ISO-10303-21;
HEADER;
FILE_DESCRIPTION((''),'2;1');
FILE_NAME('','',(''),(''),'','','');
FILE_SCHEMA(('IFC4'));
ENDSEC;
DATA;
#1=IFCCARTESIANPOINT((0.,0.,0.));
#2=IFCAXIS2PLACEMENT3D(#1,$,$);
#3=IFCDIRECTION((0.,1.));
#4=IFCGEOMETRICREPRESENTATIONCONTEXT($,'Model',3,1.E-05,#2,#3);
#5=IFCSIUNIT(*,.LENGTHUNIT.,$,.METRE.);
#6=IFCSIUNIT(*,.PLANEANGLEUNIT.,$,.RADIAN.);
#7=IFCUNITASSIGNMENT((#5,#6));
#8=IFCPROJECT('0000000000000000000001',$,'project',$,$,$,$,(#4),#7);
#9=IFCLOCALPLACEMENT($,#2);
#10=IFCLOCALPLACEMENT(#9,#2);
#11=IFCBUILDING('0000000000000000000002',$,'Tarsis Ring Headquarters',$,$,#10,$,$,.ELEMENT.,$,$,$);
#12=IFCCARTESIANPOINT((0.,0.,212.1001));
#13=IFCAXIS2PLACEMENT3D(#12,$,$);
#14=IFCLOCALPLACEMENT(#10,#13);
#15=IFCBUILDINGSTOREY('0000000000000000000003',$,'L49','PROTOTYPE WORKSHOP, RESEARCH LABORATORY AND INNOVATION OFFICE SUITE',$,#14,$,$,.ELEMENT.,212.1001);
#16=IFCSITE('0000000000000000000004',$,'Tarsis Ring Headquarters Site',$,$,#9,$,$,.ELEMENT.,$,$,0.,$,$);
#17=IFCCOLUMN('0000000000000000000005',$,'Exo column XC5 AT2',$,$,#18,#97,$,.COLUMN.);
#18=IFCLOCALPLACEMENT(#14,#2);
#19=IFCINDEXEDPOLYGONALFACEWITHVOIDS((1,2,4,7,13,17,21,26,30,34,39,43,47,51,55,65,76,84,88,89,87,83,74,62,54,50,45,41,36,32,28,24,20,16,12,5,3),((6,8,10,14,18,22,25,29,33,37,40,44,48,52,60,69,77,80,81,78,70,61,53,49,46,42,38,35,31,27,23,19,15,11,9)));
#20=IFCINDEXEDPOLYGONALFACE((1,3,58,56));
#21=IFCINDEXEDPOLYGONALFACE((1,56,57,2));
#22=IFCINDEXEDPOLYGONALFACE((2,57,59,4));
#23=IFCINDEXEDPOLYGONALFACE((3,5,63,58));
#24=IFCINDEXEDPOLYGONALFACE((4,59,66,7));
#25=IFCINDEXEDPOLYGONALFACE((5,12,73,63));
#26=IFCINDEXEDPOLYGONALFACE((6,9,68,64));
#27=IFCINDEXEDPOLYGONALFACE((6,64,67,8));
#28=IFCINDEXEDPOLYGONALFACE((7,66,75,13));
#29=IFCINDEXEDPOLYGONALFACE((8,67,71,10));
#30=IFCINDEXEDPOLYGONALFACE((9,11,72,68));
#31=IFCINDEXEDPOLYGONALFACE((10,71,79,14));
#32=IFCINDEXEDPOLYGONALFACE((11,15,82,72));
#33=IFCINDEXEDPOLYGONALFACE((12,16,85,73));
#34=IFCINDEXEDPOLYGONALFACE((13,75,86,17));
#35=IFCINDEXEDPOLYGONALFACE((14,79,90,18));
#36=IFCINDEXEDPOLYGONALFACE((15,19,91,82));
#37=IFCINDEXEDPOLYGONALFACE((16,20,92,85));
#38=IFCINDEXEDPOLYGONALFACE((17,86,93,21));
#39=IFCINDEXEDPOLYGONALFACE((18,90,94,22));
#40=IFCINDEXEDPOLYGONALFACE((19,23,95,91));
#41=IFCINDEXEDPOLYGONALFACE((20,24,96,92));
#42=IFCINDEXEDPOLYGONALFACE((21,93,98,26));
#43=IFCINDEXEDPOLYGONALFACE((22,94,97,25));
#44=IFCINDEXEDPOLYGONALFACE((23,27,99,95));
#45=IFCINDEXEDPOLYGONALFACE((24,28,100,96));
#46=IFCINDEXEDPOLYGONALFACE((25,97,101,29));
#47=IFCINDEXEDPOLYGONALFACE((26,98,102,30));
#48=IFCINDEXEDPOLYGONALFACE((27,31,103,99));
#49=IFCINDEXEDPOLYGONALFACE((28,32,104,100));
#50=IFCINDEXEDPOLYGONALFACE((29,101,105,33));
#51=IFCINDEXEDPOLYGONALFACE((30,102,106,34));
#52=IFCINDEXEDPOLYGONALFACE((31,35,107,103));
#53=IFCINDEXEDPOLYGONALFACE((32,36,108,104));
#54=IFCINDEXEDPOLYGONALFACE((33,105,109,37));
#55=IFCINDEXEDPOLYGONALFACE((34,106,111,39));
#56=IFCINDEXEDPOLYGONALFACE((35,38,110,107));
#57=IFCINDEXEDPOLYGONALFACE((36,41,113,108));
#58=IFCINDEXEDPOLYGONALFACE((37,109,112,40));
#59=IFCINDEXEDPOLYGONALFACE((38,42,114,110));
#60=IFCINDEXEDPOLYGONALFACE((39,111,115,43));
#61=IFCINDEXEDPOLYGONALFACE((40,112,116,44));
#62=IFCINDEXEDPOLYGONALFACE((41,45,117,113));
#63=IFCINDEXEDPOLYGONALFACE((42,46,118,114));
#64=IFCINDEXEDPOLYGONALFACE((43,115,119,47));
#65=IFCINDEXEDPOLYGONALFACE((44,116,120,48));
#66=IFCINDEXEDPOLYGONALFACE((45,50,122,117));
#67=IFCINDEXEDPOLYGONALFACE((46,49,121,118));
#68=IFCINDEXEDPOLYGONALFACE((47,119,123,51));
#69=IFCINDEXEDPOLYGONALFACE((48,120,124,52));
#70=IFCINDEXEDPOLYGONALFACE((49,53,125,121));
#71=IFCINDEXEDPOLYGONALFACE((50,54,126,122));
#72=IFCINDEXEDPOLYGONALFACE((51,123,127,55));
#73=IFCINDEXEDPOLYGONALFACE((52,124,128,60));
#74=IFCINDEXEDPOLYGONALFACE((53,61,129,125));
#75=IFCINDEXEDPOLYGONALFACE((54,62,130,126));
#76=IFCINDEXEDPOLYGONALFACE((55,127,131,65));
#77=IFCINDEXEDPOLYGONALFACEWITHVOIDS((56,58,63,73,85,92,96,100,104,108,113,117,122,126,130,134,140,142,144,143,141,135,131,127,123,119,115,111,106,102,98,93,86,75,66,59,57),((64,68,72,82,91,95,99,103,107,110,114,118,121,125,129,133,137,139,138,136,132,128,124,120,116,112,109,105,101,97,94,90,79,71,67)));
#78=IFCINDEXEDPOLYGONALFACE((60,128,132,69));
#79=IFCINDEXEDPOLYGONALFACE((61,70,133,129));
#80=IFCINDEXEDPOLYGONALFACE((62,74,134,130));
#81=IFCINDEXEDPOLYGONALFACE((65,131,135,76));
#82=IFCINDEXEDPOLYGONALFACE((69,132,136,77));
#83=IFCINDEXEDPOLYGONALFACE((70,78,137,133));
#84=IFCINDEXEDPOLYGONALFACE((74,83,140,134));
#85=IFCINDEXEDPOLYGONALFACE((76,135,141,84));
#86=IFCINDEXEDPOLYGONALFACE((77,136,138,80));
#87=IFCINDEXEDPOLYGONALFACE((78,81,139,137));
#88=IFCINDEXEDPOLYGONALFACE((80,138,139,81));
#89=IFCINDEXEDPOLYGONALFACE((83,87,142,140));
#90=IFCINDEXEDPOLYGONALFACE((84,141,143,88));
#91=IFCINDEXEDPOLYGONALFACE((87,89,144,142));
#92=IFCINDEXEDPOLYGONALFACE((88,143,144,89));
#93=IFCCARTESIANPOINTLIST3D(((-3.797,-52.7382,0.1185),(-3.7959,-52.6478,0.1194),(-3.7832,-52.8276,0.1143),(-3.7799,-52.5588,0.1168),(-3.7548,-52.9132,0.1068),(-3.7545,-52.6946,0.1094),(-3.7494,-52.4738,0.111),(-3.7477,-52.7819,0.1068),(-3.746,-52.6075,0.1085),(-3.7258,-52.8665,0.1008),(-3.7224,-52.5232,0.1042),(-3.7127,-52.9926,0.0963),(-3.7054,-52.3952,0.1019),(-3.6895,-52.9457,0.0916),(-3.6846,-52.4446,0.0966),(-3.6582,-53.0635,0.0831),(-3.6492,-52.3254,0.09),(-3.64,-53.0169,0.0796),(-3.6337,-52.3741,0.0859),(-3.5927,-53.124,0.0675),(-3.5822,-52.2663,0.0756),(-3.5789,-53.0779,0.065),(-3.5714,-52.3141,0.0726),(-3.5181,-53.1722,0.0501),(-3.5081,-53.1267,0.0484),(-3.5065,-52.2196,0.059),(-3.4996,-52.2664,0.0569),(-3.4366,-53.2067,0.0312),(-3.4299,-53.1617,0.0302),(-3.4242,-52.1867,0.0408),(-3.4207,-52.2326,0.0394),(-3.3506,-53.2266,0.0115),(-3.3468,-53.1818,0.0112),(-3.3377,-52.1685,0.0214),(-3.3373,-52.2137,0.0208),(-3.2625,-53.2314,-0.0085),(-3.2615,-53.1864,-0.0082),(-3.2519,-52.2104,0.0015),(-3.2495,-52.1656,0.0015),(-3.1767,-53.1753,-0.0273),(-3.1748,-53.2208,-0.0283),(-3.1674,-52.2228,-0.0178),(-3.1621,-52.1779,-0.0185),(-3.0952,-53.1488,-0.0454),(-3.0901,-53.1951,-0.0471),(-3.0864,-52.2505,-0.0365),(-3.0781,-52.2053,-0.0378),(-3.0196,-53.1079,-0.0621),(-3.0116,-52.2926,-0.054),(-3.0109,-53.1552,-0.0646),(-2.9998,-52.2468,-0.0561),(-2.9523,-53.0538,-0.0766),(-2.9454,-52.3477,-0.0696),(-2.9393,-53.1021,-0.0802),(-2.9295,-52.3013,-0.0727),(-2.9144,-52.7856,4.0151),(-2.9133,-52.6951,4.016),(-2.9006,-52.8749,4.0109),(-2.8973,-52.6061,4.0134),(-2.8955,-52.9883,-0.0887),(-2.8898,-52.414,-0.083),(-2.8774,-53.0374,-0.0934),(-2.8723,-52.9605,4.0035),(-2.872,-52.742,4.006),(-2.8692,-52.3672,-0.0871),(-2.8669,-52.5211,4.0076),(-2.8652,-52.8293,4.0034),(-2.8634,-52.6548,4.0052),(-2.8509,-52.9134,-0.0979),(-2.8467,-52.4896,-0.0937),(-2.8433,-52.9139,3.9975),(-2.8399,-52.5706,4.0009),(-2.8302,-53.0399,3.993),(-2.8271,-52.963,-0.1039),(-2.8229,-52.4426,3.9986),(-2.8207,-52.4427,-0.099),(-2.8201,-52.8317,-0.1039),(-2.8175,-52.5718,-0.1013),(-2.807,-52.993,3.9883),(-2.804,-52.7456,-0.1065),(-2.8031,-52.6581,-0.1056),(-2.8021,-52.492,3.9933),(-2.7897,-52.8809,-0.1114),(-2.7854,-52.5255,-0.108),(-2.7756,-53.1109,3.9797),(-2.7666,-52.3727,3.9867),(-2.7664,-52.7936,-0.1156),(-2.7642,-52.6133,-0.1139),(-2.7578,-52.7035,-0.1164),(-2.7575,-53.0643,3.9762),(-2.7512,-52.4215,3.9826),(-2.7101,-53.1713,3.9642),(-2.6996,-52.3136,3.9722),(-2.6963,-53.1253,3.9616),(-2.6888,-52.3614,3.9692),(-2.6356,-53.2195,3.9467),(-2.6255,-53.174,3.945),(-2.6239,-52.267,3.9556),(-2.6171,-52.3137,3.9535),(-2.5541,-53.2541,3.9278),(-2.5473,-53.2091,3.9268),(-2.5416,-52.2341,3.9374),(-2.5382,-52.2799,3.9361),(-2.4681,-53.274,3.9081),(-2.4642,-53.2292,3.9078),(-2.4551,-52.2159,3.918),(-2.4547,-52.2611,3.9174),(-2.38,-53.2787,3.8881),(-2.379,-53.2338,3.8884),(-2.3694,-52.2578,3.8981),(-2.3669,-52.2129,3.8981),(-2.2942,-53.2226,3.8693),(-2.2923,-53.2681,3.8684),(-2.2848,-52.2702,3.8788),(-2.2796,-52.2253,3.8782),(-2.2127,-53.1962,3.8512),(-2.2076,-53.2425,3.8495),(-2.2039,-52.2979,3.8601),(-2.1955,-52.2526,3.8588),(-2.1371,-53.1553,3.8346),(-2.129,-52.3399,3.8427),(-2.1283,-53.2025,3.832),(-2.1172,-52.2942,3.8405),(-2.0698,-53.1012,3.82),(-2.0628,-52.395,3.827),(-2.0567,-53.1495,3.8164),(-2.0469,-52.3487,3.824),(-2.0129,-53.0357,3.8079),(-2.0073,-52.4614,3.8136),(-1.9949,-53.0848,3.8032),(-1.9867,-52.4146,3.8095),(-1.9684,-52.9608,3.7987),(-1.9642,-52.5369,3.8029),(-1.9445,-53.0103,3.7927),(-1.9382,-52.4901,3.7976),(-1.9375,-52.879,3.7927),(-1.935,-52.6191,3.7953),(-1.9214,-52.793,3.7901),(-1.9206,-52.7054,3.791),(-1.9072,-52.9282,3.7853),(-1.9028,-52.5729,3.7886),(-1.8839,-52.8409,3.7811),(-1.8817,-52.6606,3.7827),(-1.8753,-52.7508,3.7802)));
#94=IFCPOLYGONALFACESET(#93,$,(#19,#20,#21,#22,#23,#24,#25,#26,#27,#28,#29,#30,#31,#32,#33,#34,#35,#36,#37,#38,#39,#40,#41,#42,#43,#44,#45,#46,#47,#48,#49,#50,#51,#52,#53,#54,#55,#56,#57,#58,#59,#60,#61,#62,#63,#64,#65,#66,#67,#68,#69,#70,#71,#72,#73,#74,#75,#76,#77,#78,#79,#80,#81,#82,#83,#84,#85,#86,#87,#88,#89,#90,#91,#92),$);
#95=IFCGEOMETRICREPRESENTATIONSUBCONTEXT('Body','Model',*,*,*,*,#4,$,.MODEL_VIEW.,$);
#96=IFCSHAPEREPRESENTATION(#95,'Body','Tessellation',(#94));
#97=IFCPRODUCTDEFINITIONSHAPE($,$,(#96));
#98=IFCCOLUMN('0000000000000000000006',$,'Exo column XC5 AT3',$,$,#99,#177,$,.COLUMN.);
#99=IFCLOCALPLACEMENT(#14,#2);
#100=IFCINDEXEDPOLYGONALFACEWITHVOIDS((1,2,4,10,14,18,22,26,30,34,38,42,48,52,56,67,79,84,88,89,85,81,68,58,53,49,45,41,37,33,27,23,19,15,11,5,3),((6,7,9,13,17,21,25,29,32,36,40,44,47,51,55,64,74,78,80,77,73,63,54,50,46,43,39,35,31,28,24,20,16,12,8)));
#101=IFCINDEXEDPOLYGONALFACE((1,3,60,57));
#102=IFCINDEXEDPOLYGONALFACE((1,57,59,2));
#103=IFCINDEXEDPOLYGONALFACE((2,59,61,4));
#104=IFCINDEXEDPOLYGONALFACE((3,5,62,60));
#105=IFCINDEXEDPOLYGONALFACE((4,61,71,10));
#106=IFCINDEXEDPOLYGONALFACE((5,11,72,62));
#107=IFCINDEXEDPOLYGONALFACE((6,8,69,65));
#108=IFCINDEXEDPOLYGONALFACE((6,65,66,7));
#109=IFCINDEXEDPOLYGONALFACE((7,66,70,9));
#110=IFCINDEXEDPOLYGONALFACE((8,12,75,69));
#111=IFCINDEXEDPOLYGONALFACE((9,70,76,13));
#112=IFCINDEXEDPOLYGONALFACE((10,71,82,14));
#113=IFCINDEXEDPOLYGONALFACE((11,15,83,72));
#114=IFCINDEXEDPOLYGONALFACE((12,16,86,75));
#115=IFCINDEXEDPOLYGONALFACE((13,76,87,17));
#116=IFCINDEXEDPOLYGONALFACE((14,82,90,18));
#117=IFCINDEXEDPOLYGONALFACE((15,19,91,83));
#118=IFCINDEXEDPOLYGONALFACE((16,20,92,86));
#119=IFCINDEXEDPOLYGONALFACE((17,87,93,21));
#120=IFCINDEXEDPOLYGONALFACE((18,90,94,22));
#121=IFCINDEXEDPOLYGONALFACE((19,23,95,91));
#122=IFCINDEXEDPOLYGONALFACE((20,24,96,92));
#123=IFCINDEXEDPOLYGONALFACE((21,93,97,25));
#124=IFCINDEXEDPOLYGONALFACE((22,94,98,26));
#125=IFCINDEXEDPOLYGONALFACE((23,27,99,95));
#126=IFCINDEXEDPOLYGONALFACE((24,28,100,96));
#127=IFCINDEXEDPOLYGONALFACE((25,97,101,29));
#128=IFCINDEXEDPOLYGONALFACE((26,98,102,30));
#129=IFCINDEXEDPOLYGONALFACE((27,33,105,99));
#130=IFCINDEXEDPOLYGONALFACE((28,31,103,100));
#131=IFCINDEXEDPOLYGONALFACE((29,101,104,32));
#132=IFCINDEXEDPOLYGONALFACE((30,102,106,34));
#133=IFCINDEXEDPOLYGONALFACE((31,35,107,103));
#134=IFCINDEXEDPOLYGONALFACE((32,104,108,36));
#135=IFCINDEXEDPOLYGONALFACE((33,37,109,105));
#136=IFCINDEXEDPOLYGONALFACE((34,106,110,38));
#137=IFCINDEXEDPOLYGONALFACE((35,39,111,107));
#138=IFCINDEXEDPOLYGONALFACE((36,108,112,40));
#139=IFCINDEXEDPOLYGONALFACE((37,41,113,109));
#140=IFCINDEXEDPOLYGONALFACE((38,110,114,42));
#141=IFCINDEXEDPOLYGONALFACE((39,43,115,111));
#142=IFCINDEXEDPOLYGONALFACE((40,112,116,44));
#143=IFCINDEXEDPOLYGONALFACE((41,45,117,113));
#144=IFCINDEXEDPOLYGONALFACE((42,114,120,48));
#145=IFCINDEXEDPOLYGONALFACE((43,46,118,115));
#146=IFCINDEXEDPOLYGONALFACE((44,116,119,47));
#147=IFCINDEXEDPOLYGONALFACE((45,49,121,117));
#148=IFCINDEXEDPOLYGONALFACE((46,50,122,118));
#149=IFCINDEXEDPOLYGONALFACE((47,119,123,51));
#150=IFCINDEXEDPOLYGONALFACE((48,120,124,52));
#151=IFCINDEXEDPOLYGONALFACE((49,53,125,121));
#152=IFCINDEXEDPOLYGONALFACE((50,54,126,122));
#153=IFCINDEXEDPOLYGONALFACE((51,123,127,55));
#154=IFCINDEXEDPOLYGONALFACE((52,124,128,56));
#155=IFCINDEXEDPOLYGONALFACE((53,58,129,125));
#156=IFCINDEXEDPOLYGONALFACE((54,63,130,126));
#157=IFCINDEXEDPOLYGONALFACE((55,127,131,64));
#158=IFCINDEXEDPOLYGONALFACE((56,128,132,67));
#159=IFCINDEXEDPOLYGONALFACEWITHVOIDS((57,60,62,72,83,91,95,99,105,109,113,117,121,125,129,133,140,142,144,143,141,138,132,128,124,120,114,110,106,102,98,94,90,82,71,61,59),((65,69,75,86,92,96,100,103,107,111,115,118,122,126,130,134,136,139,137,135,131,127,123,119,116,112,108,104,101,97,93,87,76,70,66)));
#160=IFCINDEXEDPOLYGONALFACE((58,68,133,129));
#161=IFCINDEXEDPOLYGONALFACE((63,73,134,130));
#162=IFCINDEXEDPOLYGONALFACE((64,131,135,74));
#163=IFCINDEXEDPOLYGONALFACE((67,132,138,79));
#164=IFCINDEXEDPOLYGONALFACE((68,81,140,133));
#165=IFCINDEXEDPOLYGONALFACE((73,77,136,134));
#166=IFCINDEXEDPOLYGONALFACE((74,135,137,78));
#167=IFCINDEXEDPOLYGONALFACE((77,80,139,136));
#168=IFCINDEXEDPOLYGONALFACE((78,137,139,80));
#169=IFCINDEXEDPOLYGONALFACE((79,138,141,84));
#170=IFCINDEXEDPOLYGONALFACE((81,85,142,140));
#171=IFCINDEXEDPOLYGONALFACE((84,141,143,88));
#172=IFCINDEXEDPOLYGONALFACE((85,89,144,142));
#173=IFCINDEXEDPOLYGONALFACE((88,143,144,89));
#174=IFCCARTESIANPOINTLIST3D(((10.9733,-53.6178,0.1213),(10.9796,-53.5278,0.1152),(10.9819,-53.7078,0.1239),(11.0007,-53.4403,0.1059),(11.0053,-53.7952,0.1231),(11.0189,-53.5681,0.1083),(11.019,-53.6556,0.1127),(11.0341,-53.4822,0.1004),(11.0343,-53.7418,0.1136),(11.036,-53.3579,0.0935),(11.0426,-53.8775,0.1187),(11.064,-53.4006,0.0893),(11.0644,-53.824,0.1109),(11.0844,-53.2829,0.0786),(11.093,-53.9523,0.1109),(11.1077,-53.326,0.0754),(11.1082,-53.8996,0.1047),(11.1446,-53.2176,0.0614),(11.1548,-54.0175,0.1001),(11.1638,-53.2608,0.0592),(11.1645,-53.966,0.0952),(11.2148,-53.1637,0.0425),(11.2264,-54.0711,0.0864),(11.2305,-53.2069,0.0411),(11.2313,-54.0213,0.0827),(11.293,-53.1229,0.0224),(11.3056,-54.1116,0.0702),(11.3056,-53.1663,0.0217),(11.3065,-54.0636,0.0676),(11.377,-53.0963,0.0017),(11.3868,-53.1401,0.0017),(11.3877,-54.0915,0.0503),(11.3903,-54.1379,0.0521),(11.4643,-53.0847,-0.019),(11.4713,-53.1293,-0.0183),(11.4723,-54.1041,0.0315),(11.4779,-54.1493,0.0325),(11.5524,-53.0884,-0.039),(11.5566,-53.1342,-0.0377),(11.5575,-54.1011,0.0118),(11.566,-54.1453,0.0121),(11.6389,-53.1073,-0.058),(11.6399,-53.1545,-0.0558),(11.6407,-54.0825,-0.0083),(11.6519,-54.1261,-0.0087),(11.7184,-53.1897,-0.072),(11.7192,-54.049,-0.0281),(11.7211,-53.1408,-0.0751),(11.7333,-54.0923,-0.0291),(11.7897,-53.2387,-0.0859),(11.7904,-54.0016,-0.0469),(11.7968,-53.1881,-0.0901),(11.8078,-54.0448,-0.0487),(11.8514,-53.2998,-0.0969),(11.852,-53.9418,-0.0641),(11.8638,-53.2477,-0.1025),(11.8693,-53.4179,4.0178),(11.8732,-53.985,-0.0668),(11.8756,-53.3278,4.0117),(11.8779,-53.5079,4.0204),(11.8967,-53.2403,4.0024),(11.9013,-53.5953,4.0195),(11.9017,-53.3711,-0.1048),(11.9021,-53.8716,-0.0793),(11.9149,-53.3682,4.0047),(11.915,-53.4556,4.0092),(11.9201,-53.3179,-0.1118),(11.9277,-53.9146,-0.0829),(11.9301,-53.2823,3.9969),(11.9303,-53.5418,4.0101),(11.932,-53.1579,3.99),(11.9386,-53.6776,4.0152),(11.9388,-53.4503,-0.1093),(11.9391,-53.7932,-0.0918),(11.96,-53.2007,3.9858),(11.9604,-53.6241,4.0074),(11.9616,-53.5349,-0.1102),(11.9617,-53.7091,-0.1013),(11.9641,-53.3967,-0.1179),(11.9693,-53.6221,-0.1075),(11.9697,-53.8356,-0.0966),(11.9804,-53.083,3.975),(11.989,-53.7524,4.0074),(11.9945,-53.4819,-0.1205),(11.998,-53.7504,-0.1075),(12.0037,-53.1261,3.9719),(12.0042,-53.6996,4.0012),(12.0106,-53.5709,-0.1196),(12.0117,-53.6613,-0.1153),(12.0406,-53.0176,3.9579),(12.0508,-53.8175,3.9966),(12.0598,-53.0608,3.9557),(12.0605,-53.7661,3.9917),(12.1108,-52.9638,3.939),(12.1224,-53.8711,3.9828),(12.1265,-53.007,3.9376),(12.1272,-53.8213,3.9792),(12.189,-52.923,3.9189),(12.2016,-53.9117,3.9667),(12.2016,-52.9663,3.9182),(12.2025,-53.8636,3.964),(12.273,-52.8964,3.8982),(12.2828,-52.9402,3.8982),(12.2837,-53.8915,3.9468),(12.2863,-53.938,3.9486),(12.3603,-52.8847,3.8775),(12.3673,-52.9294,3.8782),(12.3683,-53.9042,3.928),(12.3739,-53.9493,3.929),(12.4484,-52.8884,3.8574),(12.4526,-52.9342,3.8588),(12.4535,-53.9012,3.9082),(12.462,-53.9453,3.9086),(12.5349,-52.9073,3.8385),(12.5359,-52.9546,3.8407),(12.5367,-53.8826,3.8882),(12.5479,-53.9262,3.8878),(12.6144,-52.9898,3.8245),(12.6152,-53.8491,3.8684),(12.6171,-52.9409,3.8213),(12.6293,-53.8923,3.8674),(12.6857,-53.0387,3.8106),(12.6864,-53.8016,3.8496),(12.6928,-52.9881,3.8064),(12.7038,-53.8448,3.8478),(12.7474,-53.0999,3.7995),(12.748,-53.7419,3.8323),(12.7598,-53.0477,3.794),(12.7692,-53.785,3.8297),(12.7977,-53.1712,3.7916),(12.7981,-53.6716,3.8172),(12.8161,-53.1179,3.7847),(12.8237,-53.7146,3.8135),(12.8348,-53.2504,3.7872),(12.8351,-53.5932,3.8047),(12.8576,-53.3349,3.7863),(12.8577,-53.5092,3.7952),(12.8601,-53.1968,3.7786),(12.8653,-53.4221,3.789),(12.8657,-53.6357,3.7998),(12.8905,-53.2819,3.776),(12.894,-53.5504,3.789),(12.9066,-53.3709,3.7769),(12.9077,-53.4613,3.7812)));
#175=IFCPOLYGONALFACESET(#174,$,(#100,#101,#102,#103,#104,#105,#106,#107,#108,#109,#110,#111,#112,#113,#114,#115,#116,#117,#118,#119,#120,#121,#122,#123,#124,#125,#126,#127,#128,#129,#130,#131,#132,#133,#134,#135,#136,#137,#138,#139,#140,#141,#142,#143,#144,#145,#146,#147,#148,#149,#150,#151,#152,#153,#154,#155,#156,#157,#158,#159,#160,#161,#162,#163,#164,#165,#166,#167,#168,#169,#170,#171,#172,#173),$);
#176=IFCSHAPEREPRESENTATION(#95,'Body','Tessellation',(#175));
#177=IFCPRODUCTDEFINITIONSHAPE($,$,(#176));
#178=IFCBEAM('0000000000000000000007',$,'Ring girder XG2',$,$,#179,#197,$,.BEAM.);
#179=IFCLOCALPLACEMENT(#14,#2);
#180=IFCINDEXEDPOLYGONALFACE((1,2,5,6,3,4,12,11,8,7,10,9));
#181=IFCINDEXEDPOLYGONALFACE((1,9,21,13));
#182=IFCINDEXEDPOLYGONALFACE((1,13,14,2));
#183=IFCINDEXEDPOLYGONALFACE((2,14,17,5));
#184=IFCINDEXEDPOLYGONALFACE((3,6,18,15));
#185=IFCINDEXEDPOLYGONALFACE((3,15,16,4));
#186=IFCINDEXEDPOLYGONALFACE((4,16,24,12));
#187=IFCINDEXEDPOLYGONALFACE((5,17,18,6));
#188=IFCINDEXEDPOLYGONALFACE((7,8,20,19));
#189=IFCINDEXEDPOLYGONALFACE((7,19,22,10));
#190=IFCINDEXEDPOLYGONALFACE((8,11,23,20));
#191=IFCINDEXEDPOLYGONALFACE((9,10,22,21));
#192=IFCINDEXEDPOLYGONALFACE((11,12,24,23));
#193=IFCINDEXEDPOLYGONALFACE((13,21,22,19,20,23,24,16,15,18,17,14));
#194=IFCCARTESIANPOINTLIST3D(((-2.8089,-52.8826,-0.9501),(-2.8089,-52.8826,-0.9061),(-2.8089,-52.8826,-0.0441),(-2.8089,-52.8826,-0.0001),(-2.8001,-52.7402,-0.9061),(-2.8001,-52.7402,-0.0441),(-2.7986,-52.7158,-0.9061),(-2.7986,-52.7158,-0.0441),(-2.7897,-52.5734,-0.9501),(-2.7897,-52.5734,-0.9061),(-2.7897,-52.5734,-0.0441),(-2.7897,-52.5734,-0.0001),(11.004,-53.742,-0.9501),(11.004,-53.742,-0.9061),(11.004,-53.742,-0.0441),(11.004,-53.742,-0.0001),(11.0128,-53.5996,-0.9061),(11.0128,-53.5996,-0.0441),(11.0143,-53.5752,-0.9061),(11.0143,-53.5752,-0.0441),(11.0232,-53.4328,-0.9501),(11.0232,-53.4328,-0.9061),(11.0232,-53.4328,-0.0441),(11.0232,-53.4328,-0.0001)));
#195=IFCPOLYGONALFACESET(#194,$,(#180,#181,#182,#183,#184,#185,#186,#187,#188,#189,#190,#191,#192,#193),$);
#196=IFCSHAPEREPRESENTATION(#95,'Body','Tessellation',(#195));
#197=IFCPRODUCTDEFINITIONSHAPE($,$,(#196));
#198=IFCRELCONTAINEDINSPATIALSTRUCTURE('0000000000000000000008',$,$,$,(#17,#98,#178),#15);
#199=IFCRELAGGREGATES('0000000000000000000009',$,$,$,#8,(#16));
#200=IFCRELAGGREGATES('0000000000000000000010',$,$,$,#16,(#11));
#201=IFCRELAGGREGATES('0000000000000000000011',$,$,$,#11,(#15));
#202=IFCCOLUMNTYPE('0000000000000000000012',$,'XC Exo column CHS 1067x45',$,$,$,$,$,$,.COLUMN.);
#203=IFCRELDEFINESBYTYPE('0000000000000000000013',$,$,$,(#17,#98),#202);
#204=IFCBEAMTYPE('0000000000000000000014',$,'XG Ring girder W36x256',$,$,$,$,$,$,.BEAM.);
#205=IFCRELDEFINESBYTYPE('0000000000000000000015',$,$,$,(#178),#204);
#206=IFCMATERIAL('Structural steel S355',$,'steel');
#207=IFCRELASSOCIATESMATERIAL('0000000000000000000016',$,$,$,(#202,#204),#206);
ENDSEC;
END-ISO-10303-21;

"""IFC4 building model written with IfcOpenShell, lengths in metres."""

from ifc_helpers import new_model, si_unit, direction, frame, origin, origin_2d, place, context, subcontext, project, spatial, hollow_circle, i_section, extrude, material, material_profile, profile_set, type_object, element, save


model = new_model("IFC4")

# Units and contexts
model_context = context("Model", 3, precision=1e-05, world=origin(), true_north=direction((0.0, 1.0)))
body_context = subcontext(model_context, "Body", "Model", "MODEL_VIEW")
ifc_project = project(units=[si_unit("LENGTHUNIT", "METRE"), si_unit("PLANEANGLEUNIT", "RADIAN")], contexts=[model_context])

# Site, building, storey
site_placement = place(None, origin())
site = spatial("IfcSite", under=ifc_project, at=site_placement, Name="Tarsis Ring Headquarters Site", CompositionType="ELEMENT", RefElevation=0.0)
building_placement = place(site_placement, origin())
building = spatial("IfcBuilding", under=site, at=building_placement, Name="Tarsis Ring Headquarters", CompositionType="ELEMENT")
storey_placement = place(building_placement, frame((0.0, 0.0, 212.1001)))
storey = spatial("IfcBuildingStorey", under=building, at=storey_placement, Name="L49", Description="PROTOTYPE WORKSHOP, RESEARCH LABORATORY AND INNOVATION OFFICE SUITE", CompositionType="ELEMENT", Elevation=212.1001)

# Columns
ifc_material_1 = material(Name="Structural steel S355", Category="steel")
ifc_material_profile_1 = material_profile(ifc_material_1, hollow_circle(Radius=0.5334, WallThickness=0.0449, at=origin_2d()), Name="CHS 1067x45")
ifc_profile_set_1 = profile_set([ifc_material_profile_1], Name="Structural steel S355")
column_type = type_object("IfcColumnType", Name="XC Exo column CHS 1067x45", PredefinedType="COLUMN", material=ifc_profile_set_1)
column_1_placement = place(storey_placement, frame((-3.2781, -52.6982, 0.0015), z_axis=(0.220879, -0.011854, 0.975229), x_axis=(0.053588, 0.998563, 0.0)))
element("IfcColumn", 1, at=column_1_placement, inside=storey, type_object=column_type, Name="Exo column XC5 AT2", PredefinedType="COLUMN", context=body_context, shape_type="SweptSolid", body=[
    extrude(hollow_circle(Radius=0.5334, WallThickness=0.0449, at=origin_2d()), origin(), (0.0, 0.0, 1.0), 3.9956),
])
column_2_placement = place(storey_placement, frame((11.4932, -53.6169, 0.0017), z_axis=(0.223822, 0.049948, 0.973349), x_axis=(-0.217803, 0.975993, 0.0)))
element("IfcColumn", 2, at=column_2_placement, inside=storey, type_object=column_type, Name="Exo column XC5 AT3", PredefinedType="COLUMN", context=body_context, shape_type="SweptSolid", body=[
    extrude(hollow_circle(Radius=0.5334, WallThickness=0.0449, at=origin_2d()), origin(), (0.0, 0.0, 1.0), 4.0032),
])

# Beam
ifc_material_profile_2 = material_profile(ifc_material_1, i_section(OverallWidth=0.3098, OverallDepth=0.95, WebThickness=0.0244, FlangeThickness=0.0439, at=origin_2d()), Name="W36x256")
ifc_profile_set_2 = profile_set([ifc_material_profile_2], Name="Structural steel S355")
beam_type = type_object("IfcBeamType", Name="XG Ring girder W36x256", PredefinedType="BEAM", material=ifc_profile_set_2)
beam_1_placement = place(storey_placement, frame((-2.7993, -52.728, -0.4751), z_axis=(0.99807, -0.062095, 0.0), x_axis=(0.062095, 0.99807, 0.0)))
element("IfcBeam", 3, at=beam_1_placement, inside=storey, type_object=beam_type, Name="Ring girder XG2", PredefinedType="BEAM", context=body_context, shape_type="SweptSolid", body=[
    extrude(i_section(OverallWidth=0.3098, OverallDepth=0.95, WebThickness=0.0244, FlangeThickness=0.0439, at=origin_2d()), origin(), (0.0, 0.0, 1.0), 13.8396),
])

save(model, "model.ifc")
